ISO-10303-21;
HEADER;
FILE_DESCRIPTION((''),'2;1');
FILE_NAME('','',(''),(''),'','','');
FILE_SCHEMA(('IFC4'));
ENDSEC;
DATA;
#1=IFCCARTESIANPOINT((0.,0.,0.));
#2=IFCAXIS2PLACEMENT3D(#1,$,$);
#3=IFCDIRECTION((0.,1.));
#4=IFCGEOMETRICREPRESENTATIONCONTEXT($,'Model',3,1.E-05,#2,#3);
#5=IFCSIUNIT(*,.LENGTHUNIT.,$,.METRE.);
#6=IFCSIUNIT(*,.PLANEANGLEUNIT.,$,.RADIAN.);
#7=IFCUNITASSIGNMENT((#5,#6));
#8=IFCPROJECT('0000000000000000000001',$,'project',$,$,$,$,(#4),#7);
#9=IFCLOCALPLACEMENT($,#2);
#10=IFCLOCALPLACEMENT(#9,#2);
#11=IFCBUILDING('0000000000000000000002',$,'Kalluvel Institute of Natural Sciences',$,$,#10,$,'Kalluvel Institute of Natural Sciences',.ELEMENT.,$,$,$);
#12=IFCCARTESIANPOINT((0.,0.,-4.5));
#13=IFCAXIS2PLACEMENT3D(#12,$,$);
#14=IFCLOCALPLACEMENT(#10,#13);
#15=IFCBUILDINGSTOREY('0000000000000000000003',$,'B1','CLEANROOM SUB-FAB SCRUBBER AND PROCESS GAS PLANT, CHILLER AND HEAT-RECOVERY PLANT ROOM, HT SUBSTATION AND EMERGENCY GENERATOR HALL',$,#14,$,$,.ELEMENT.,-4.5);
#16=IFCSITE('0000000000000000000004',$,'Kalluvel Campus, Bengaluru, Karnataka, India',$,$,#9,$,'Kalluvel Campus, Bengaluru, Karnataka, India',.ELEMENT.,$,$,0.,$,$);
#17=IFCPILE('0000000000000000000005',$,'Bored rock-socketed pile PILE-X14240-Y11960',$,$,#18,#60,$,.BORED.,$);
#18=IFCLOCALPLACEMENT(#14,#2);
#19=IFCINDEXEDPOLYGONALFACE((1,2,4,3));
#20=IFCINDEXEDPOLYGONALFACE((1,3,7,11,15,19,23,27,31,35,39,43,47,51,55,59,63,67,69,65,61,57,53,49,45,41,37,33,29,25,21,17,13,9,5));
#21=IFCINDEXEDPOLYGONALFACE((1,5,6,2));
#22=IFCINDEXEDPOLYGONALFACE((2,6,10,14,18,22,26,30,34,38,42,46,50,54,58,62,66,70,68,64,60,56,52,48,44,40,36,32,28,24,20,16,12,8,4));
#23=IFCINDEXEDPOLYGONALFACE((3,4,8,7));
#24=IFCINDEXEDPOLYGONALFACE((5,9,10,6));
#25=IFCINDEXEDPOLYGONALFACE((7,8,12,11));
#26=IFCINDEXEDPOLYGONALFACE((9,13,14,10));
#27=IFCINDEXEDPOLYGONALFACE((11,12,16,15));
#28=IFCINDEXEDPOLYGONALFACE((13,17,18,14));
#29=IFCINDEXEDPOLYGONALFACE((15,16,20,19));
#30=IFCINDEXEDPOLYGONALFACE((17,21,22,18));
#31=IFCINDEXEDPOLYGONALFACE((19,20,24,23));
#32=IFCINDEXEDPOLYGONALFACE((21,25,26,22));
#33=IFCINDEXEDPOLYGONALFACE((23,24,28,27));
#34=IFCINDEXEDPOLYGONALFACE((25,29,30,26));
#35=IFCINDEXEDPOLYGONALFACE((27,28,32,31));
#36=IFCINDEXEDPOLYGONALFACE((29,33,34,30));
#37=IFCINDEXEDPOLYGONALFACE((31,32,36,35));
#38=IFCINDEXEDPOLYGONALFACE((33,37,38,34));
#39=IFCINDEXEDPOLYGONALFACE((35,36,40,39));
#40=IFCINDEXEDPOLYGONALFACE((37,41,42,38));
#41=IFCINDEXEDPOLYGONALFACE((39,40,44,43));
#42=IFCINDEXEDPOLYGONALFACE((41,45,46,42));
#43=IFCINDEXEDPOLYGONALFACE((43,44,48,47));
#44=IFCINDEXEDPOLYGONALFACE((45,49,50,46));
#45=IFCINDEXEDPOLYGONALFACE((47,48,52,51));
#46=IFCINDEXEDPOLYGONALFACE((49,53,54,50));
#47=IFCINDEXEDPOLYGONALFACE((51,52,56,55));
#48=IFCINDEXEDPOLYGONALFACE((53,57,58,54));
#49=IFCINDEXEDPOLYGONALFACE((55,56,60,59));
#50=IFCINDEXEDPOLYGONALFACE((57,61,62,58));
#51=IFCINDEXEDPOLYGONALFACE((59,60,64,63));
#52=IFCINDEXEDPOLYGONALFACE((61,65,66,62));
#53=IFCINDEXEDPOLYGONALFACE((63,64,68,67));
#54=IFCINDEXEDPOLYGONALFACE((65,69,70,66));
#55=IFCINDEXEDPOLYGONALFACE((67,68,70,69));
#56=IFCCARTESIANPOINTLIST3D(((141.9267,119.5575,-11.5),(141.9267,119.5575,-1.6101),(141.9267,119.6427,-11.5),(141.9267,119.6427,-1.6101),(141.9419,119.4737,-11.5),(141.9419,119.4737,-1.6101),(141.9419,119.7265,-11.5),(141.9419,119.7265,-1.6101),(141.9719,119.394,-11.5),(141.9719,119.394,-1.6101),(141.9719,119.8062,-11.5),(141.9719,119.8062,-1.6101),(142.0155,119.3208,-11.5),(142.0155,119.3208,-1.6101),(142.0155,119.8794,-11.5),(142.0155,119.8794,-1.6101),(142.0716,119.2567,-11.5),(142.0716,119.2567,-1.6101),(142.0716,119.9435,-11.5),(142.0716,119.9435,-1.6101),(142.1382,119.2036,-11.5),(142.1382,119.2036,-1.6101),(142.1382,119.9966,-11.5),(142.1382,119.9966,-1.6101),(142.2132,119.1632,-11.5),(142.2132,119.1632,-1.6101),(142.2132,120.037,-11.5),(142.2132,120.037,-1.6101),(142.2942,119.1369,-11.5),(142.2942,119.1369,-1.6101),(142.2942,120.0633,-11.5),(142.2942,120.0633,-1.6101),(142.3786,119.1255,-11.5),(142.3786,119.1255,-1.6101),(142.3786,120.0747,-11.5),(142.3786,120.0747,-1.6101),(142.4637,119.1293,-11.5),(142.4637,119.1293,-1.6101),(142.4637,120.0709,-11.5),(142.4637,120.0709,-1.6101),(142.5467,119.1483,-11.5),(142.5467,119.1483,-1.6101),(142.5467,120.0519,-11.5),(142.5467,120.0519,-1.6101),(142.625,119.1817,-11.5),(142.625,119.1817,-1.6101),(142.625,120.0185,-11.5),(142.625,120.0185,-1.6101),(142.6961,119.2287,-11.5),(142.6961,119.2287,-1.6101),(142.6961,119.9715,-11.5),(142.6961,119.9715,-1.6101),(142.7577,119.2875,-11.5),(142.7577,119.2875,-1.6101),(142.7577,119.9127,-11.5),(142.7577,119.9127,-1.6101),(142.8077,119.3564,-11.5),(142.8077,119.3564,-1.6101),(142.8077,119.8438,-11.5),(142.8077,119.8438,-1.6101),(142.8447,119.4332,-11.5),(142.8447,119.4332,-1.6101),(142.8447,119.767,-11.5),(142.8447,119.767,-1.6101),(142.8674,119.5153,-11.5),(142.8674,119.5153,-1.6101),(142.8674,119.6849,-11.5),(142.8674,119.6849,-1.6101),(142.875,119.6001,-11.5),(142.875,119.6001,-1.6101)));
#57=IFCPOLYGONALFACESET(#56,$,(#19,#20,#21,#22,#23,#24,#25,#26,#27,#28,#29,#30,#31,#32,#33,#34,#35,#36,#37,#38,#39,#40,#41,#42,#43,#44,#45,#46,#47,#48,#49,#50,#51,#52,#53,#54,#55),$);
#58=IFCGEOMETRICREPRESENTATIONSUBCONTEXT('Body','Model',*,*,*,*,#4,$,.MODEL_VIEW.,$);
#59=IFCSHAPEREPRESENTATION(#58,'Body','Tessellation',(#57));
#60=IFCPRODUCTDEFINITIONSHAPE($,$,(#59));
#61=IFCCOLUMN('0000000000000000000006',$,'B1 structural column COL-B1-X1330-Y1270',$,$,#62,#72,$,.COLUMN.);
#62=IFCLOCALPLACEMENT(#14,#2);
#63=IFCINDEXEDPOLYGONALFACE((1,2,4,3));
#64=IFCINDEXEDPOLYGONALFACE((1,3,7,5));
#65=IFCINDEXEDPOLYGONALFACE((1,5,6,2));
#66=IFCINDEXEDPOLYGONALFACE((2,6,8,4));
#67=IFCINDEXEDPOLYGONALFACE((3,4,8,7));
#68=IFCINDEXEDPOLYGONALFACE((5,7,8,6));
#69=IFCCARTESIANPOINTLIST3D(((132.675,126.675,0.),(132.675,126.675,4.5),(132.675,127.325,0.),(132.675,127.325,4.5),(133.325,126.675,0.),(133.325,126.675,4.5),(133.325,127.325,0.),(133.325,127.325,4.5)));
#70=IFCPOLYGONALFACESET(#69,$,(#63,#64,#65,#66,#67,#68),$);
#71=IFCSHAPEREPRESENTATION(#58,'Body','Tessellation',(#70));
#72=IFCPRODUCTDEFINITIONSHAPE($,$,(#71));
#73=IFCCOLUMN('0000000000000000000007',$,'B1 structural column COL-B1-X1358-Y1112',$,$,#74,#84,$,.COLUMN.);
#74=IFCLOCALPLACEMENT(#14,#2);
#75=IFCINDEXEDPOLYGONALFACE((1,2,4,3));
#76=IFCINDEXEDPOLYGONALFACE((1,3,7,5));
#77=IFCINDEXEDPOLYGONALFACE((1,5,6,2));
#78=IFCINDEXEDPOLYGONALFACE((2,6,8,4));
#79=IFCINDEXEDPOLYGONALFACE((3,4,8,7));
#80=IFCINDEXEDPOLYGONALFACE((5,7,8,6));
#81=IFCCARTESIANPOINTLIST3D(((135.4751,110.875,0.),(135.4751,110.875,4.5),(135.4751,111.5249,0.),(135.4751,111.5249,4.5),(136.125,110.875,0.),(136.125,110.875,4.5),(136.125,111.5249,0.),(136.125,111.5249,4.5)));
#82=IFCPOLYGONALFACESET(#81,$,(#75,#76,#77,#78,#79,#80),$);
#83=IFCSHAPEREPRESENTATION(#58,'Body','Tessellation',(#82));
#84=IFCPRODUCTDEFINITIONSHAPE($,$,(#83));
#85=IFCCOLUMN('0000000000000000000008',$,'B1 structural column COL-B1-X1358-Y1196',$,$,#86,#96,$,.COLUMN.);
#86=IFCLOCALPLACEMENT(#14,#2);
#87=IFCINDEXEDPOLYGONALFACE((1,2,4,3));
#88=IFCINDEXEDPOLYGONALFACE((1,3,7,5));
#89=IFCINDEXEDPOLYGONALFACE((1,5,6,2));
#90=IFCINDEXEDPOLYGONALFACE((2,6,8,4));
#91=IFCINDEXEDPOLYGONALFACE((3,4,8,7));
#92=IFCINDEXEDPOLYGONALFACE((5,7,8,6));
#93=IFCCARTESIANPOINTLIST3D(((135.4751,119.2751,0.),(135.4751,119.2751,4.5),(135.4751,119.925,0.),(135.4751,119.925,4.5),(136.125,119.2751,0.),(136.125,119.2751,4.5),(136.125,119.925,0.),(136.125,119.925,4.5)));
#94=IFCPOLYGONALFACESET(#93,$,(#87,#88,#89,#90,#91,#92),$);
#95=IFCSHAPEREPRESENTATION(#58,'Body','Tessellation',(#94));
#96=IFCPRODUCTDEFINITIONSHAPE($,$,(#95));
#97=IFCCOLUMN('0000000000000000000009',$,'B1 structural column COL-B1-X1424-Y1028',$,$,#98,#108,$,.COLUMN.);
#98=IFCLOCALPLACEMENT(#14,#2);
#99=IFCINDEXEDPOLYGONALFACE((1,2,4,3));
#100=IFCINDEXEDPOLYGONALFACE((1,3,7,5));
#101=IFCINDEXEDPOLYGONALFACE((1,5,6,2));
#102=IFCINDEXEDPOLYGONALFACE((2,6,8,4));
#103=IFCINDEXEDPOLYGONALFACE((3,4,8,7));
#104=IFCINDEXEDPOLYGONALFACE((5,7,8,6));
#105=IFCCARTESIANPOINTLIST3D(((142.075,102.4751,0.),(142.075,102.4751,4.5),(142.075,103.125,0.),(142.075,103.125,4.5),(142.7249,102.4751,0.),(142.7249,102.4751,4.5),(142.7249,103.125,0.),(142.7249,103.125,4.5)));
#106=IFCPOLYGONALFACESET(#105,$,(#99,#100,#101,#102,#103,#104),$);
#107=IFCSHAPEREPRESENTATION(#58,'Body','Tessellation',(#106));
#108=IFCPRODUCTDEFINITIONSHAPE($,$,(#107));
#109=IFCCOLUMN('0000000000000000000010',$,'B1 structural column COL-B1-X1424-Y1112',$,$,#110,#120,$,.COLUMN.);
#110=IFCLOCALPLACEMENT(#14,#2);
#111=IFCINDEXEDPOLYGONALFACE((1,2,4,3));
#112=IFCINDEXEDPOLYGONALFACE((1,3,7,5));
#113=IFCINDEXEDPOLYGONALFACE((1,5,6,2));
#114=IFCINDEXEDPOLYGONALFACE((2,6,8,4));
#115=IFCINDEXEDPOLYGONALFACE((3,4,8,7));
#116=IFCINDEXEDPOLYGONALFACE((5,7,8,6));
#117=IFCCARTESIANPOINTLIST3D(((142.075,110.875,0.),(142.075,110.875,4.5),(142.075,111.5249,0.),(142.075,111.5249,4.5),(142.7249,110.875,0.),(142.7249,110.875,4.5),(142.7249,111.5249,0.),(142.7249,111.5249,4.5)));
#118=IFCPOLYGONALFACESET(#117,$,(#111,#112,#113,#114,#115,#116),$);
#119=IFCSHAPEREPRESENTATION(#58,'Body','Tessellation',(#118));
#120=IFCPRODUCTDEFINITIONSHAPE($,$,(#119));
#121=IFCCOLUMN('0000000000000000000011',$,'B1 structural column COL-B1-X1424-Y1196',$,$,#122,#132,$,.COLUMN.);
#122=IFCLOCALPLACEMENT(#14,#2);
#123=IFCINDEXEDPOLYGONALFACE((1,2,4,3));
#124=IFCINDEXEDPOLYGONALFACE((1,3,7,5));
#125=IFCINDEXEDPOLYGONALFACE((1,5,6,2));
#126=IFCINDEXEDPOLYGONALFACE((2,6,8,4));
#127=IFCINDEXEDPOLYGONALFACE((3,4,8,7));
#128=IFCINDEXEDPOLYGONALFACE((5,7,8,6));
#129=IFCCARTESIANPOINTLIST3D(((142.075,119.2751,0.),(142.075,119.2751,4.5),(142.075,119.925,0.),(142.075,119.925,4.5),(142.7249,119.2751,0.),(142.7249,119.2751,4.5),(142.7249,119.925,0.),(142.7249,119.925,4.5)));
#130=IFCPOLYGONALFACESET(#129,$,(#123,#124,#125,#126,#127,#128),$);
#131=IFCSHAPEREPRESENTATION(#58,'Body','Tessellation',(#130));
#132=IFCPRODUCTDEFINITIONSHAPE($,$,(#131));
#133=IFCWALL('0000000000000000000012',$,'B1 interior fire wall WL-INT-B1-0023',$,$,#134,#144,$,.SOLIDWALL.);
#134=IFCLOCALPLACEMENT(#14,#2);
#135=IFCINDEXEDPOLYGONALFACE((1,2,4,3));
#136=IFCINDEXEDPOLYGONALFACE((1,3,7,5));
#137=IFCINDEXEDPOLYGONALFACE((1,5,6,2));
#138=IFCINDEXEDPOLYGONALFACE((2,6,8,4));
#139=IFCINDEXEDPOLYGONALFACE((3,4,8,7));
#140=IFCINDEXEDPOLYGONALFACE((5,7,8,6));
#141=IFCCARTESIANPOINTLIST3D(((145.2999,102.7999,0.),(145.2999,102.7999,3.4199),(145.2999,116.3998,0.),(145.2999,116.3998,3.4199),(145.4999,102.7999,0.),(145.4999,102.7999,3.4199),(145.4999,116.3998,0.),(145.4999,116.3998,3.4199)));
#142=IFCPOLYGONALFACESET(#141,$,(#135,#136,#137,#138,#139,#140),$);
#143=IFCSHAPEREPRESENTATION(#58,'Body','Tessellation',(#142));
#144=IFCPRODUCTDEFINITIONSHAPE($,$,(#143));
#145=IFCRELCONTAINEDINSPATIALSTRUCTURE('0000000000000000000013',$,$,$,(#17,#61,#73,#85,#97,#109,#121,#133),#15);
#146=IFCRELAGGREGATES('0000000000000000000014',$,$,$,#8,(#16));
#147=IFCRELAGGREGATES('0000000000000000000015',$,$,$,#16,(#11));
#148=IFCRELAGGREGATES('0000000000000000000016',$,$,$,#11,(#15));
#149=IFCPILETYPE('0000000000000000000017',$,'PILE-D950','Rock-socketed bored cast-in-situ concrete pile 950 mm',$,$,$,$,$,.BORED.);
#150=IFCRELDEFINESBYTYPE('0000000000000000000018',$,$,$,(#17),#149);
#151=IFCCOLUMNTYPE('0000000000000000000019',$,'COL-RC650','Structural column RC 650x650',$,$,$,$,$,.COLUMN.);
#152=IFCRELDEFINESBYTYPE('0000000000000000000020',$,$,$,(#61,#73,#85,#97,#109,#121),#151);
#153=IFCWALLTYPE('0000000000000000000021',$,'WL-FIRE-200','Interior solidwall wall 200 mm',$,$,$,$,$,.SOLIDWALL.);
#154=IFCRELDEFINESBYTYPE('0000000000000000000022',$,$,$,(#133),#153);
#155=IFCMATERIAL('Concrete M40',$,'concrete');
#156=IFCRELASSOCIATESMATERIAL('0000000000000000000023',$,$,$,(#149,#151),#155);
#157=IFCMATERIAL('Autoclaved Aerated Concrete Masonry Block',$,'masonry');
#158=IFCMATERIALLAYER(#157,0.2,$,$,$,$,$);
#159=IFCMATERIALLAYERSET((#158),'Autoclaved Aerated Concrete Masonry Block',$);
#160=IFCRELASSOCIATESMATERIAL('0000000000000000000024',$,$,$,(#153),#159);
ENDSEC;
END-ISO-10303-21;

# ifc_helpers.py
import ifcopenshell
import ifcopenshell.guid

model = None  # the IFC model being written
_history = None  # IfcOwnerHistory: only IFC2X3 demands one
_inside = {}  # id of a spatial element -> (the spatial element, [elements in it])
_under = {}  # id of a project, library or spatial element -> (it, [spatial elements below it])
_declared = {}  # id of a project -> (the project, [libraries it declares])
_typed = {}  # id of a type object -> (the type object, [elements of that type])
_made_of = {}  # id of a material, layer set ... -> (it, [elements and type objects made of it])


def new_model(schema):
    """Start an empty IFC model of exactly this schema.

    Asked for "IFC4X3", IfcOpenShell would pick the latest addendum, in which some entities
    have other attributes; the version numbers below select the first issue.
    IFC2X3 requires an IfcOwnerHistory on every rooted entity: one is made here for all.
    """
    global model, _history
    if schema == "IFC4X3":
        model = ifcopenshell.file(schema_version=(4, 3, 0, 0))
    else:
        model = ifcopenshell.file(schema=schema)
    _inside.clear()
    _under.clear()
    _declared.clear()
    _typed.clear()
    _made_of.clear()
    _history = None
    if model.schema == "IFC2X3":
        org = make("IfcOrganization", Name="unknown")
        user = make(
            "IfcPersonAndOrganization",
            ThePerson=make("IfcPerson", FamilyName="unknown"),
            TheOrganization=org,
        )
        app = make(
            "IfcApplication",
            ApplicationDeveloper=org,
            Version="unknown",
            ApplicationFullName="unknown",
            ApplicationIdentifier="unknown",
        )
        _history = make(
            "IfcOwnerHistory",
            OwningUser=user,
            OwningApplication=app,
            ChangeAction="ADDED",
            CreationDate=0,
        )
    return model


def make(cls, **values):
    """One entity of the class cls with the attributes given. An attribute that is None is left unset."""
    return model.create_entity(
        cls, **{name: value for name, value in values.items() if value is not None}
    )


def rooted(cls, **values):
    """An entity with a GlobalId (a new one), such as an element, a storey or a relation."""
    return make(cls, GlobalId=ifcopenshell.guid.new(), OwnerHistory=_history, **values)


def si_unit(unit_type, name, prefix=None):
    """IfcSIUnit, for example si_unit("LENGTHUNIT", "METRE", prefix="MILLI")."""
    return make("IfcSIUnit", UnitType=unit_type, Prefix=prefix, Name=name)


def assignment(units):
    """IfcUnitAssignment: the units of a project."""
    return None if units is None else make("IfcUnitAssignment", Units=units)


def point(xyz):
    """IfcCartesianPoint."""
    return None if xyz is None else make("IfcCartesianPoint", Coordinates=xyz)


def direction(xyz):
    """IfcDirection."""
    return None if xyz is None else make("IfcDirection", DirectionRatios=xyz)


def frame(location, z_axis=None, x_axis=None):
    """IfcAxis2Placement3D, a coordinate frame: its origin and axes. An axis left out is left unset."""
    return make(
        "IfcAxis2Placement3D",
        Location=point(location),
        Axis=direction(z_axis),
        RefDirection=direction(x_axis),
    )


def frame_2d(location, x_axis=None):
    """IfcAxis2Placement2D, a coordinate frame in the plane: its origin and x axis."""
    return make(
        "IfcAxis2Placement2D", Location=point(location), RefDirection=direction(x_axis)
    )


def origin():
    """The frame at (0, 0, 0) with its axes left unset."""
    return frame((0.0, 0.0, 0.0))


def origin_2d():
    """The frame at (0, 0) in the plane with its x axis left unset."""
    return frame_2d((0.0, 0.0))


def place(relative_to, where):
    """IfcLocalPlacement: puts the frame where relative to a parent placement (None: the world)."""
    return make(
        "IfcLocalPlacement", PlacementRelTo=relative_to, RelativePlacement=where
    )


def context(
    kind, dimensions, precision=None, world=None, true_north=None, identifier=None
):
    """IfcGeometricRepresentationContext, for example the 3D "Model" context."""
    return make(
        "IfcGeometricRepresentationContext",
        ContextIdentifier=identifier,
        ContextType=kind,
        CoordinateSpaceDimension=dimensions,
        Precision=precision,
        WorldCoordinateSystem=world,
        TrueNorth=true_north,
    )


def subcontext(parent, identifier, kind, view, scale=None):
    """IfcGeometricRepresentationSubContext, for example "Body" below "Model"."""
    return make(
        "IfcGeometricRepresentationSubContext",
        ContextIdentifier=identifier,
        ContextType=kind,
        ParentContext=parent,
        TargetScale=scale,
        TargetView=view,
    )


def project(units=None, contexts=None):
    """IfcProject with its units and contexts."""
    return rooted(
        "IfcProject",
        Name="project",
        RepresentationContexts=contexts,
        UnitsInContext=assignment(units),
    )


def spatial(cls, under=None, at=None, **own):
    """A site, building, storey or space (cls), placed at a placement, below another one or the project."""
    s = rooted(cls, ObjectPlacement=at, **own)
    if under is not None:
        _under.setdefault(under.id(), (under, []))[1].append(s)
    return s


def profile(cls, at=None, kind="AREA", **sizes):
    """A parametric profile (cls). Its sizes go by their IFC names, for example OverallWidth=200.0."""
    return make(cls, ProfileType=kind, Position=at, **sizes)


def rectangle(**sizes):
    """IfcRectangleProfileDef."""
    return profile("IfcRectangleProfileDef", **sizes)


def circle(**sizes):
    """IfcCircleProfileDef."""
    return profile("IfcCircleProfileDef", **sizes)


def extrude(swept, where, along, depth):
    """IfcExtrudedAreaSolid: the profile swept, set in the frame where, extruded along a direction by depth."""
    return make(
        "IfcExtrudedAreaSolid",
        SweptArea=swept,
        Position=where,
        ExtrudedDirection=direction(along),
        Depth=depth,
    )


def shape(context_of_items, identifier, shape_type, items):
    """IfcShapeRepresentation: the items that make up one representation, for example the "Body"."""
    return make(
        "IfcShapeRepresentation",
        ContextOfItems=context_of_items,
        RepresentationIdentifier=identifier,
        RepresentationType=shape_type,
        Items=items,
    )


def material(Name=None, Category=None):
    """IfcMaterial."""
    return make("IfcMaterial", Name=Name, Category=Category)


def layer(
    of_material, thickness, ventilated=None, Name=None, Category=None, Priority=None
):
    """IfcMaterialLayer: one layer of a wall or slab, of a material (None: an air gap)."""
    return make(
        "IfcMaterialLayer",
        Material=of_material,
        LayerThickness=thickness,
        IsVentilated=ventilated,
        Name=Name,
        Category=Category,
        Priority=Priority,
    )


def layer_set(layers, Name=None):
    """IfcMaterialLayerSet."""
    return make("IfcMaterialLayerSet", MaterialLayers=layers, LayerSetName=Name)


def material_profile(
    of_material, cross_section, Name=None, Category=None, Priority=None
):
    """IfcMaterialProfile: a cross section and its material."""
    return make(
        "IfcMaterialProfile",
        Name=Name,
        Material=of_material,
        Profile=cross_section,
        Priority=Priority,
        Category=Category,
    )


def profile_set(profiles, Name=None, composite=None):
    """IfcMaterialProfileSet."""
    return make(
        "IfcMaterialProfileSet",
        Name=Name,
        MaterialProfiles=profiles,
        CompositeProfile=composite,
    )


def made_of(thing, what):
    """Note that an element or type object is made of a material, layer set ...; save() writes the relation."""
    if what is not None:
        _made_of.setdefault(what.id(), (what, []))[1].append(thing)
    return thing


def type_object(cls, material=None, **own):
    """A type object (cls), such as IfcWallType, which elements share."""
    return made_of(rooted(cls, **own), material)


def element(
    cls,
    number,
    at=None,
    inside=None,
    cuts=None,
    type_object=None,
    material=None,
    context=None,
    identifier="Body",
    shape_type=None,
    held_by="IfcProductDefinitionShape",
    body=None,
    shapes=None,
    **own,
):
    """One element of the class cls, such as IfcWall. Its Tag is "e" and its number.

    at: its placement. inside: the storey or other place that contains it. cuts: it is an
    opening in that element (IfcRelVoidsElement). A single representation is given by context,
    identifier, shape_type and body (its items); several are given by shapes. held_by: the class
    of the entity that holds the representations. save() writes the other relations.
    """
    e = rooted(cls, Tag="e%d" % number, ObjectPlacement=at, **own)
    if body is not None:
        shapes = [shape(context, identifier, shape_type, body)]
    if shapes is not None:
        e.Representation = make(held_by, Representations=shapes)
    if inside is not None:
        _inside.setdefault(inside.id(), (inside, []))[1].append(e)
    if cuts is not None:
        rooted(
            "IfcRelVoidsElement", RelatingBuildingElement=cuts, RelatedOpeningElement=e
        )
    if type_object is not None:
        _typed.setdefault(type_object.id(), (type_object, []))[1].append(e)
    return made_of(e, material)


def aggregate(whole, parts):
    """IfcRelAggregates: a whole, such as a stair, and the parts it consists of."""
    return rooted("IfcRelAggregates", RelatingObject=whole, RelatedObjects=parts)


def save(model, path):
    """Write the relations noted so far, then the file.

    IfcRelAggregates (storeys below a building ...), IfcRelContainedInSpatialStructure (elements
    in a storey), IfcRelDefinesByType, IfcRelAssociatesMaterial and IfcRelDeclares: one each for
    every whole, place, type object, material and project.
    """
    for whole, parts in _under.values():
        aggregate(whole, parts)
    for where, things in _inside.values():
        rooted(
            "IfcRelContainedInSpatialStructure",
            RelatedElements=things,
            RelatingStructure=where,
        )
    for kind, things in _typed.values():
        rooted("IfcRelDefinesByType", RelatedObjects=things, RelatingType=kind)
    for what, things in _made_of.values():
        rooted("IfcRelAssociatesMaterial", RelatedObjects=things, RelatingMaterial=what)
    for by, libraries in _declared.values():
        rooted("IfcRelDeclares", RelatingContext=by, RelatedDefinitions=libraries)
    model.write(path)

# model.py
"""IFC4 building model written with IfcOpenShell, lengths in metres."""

from ifc_helpers import new_model, si_unit, direction, frame, frame_2d, origin, origin_2d, place, context, subcontext, project, spatial, rectangle, circle, extrude, material, layer, layer_set, material_profile, profile_set, type_object, element, save


model = new_model("IFC4")

# Units and contexts
model_context = context("Model", 3, precision=1e-05, world=origin(), true_north=direction((0.0, 1.0)))
body_context = subcontext(model_context, "Body", "Model", "MODEL_VIEW")
ifc_project = project(units=[si_unit("LENGTHUNIT", "METRE"), si_unit("PLANEANGLEUNIT", "RADIAN")], contexts=[model_context])

# Site, building, storey
site_placement = place(None, origin())
site = spatial("IfcSite", under=ifc_project, at=site_placement, Name="Kalluvel Campus, Bengaluru, Karnataka, India", LongName="Kalluvel Campus, Bengaluru, Karnataka, India", CompositionType="ELEMENT", RefElevation=0.0)
building_placement = place(site_placement, origin())
building = spatial("IfcBuilding", under=site, at=building_placement, Name="Kalluvel Institute of Natural Sciences", LongName="Kalluvel Institute of Natural Sciences", CompositionType="ELEMENT")
storey_placement = place(building_placement, frame((0.0, 0.0, -4.5)))
storey = spatial("IfcBuildingStorey", under=building, at=storey_placement, Name="B1", Description="CLEANROOM SUB-FAB SCRUBBER AND PROCESS GAS PLANT, CHILLER AND HEAT-RECOVERY PLANT ROOM, HT SUBSTATION AND EMERGENCY GENERATOR HALL", CompositionType="ELEMENT", Elevation=-4.5)

# Shared definitions
ifc_material_1 = material(Name="Concrete M40", Category="concrete")

# Pile
ifc_material_profile_1 = material_profile(ifc_material_1, circle(Radius=0.4751, at=origin_2d()), Name="PILE D950")
ifc_profile_set_1 = profile_set([ifc_material_profile_1], Name="Concrete M40")
pile_type_1 = type_object("IfcPileType", Name="PILE-D950", Description="Rock-socketed bored cast-in-situ concrete pile 950 mm", PredefinedType="BORED", material=ifc_profile_set_1)
pile_1_placement = place(storey_placement, frame((142.3999, 119.6001, -1.6101), z_axis=(0.0, 0.0, -1.0), x_axis=(1.0, 0.0, 0.0)))
element("IfcPile", 1, at=pile_1_placement, inside=storey, type_object=pile_type_1, Name="Bored rock-socketed pile PILE-X14240-Y11960", PredefinedType="BORED", context=body_context, shape_type="SweptSolid", body=[
    extrude(circle(Radius=0.4751, at=origin_2d()), origin(), (0.0, 0.0, 1.0), 9.8899),
])

# Columns
ifc_material_profile_2 = material_profile(ifc_material_1, rectangle(XDim=0.6499, YDim=0.6499, at=origin_2d()), Name="RC 650x650")
ifc_profile_set_2 = profile_set([ifc_material_profile_2], Name="Concrete M40")
column_type = type_object("IfcColumnType", Name="COL-RC650", Description="Structural column RC 650x650", PredefinedType="COLUMN", material=ifc_profile_set_2)
for number, where, z_axis, x_axis, name in (
    (2, (133.0, 127.0, 0.0), (0.0, 0.0, 1.0), (1.0, 0.0, 0.0), "B1 structural column COL-B1-X1330-Y1270"),
    (3, (135.8, 111.2, 0.0), (0.0, 0.0, 1.0), (1.0, 0.0, 0.0), "B1 structural column COL-B1-X1358-Y1112"),
    (4, (135.8, 119.6001, 0.0), (0.0, 0.0, 1.0), (1.0, 0.0, 0.0), "B1 structural column COL-B1-X1358-Y1196"),
    (5, (142.3999, 102.8, 0.0), (0.0, 0.0, 1.0), (1.0, 0.0, 0.0), "B1 structural column COL-B1-X1424-Y1028"),
    (6, (142.3999, 111.2, 0.0), (0.0, 0.0, 1.0), (1.0, 0.0, 0.0), "B1 structural column COL-B1-X1424-Y1112"),
    (7, (142.3999, 119.6001, 0.0), (0.0, 0.0, 1.0), (1.0, 0.0, 0.0), "B1 structural column COL-B1-X1424-Y1196"),
):
    element("IfcColumn", number, at=place(storey_placement, frame(where, z_axis=z_axis, x_axis=x_axis)), inside=storey, type_object=column_type, Name=name, PredefinedType="COLUMN", context=body_context, shape_type="SweptSolid", body=[
        extrude(rectangle(XDim=0.6499, YDim=0.6499, at=origin_2d()), origin(), (0.0, 0.0, 1.0), 4.5),
    ])

# Wall
ifc_material_2 = material(Name="Autoclaved Aerated Concrete Masonry Block", Category="masonry")
ifc_layer = layer(ifc_material_2, 0.2)
ifc_layer_set = layer_set([ifc_layer], Name="Autoclaved Aerated Concrete Masonry Block")
wall_type = type_object("IfcWallType", Name="WL-FIRE-200", Description="Interior solidwall wall 200 mm", PredefinedType="SOLIDWALL", material=ifc_layer_set)
wall_placement = place(storey_placement, frame((145.3999, 102.8, 0.0), z_axis=(0.0, 0.0, 1.0), x_axis=(0.0, 1.0, 0.0)))
element("IfcWall", 8, at=wall_placement, inside=storey, type_object=wall_type, Name="B1 interior fire wall WL-INT-B1-0023", PredefinedType="SOLIDWALL", context=body_context, shape_type="SweptSolid", body=[
    extrude(rectangle(XDim=13.5999, YDim=0.2, at=frame_2d((6.7998, 0.0))), origin(), (0.0, 0.0, 1.0), 3.4199),
])

save(model, "model.ifc")
